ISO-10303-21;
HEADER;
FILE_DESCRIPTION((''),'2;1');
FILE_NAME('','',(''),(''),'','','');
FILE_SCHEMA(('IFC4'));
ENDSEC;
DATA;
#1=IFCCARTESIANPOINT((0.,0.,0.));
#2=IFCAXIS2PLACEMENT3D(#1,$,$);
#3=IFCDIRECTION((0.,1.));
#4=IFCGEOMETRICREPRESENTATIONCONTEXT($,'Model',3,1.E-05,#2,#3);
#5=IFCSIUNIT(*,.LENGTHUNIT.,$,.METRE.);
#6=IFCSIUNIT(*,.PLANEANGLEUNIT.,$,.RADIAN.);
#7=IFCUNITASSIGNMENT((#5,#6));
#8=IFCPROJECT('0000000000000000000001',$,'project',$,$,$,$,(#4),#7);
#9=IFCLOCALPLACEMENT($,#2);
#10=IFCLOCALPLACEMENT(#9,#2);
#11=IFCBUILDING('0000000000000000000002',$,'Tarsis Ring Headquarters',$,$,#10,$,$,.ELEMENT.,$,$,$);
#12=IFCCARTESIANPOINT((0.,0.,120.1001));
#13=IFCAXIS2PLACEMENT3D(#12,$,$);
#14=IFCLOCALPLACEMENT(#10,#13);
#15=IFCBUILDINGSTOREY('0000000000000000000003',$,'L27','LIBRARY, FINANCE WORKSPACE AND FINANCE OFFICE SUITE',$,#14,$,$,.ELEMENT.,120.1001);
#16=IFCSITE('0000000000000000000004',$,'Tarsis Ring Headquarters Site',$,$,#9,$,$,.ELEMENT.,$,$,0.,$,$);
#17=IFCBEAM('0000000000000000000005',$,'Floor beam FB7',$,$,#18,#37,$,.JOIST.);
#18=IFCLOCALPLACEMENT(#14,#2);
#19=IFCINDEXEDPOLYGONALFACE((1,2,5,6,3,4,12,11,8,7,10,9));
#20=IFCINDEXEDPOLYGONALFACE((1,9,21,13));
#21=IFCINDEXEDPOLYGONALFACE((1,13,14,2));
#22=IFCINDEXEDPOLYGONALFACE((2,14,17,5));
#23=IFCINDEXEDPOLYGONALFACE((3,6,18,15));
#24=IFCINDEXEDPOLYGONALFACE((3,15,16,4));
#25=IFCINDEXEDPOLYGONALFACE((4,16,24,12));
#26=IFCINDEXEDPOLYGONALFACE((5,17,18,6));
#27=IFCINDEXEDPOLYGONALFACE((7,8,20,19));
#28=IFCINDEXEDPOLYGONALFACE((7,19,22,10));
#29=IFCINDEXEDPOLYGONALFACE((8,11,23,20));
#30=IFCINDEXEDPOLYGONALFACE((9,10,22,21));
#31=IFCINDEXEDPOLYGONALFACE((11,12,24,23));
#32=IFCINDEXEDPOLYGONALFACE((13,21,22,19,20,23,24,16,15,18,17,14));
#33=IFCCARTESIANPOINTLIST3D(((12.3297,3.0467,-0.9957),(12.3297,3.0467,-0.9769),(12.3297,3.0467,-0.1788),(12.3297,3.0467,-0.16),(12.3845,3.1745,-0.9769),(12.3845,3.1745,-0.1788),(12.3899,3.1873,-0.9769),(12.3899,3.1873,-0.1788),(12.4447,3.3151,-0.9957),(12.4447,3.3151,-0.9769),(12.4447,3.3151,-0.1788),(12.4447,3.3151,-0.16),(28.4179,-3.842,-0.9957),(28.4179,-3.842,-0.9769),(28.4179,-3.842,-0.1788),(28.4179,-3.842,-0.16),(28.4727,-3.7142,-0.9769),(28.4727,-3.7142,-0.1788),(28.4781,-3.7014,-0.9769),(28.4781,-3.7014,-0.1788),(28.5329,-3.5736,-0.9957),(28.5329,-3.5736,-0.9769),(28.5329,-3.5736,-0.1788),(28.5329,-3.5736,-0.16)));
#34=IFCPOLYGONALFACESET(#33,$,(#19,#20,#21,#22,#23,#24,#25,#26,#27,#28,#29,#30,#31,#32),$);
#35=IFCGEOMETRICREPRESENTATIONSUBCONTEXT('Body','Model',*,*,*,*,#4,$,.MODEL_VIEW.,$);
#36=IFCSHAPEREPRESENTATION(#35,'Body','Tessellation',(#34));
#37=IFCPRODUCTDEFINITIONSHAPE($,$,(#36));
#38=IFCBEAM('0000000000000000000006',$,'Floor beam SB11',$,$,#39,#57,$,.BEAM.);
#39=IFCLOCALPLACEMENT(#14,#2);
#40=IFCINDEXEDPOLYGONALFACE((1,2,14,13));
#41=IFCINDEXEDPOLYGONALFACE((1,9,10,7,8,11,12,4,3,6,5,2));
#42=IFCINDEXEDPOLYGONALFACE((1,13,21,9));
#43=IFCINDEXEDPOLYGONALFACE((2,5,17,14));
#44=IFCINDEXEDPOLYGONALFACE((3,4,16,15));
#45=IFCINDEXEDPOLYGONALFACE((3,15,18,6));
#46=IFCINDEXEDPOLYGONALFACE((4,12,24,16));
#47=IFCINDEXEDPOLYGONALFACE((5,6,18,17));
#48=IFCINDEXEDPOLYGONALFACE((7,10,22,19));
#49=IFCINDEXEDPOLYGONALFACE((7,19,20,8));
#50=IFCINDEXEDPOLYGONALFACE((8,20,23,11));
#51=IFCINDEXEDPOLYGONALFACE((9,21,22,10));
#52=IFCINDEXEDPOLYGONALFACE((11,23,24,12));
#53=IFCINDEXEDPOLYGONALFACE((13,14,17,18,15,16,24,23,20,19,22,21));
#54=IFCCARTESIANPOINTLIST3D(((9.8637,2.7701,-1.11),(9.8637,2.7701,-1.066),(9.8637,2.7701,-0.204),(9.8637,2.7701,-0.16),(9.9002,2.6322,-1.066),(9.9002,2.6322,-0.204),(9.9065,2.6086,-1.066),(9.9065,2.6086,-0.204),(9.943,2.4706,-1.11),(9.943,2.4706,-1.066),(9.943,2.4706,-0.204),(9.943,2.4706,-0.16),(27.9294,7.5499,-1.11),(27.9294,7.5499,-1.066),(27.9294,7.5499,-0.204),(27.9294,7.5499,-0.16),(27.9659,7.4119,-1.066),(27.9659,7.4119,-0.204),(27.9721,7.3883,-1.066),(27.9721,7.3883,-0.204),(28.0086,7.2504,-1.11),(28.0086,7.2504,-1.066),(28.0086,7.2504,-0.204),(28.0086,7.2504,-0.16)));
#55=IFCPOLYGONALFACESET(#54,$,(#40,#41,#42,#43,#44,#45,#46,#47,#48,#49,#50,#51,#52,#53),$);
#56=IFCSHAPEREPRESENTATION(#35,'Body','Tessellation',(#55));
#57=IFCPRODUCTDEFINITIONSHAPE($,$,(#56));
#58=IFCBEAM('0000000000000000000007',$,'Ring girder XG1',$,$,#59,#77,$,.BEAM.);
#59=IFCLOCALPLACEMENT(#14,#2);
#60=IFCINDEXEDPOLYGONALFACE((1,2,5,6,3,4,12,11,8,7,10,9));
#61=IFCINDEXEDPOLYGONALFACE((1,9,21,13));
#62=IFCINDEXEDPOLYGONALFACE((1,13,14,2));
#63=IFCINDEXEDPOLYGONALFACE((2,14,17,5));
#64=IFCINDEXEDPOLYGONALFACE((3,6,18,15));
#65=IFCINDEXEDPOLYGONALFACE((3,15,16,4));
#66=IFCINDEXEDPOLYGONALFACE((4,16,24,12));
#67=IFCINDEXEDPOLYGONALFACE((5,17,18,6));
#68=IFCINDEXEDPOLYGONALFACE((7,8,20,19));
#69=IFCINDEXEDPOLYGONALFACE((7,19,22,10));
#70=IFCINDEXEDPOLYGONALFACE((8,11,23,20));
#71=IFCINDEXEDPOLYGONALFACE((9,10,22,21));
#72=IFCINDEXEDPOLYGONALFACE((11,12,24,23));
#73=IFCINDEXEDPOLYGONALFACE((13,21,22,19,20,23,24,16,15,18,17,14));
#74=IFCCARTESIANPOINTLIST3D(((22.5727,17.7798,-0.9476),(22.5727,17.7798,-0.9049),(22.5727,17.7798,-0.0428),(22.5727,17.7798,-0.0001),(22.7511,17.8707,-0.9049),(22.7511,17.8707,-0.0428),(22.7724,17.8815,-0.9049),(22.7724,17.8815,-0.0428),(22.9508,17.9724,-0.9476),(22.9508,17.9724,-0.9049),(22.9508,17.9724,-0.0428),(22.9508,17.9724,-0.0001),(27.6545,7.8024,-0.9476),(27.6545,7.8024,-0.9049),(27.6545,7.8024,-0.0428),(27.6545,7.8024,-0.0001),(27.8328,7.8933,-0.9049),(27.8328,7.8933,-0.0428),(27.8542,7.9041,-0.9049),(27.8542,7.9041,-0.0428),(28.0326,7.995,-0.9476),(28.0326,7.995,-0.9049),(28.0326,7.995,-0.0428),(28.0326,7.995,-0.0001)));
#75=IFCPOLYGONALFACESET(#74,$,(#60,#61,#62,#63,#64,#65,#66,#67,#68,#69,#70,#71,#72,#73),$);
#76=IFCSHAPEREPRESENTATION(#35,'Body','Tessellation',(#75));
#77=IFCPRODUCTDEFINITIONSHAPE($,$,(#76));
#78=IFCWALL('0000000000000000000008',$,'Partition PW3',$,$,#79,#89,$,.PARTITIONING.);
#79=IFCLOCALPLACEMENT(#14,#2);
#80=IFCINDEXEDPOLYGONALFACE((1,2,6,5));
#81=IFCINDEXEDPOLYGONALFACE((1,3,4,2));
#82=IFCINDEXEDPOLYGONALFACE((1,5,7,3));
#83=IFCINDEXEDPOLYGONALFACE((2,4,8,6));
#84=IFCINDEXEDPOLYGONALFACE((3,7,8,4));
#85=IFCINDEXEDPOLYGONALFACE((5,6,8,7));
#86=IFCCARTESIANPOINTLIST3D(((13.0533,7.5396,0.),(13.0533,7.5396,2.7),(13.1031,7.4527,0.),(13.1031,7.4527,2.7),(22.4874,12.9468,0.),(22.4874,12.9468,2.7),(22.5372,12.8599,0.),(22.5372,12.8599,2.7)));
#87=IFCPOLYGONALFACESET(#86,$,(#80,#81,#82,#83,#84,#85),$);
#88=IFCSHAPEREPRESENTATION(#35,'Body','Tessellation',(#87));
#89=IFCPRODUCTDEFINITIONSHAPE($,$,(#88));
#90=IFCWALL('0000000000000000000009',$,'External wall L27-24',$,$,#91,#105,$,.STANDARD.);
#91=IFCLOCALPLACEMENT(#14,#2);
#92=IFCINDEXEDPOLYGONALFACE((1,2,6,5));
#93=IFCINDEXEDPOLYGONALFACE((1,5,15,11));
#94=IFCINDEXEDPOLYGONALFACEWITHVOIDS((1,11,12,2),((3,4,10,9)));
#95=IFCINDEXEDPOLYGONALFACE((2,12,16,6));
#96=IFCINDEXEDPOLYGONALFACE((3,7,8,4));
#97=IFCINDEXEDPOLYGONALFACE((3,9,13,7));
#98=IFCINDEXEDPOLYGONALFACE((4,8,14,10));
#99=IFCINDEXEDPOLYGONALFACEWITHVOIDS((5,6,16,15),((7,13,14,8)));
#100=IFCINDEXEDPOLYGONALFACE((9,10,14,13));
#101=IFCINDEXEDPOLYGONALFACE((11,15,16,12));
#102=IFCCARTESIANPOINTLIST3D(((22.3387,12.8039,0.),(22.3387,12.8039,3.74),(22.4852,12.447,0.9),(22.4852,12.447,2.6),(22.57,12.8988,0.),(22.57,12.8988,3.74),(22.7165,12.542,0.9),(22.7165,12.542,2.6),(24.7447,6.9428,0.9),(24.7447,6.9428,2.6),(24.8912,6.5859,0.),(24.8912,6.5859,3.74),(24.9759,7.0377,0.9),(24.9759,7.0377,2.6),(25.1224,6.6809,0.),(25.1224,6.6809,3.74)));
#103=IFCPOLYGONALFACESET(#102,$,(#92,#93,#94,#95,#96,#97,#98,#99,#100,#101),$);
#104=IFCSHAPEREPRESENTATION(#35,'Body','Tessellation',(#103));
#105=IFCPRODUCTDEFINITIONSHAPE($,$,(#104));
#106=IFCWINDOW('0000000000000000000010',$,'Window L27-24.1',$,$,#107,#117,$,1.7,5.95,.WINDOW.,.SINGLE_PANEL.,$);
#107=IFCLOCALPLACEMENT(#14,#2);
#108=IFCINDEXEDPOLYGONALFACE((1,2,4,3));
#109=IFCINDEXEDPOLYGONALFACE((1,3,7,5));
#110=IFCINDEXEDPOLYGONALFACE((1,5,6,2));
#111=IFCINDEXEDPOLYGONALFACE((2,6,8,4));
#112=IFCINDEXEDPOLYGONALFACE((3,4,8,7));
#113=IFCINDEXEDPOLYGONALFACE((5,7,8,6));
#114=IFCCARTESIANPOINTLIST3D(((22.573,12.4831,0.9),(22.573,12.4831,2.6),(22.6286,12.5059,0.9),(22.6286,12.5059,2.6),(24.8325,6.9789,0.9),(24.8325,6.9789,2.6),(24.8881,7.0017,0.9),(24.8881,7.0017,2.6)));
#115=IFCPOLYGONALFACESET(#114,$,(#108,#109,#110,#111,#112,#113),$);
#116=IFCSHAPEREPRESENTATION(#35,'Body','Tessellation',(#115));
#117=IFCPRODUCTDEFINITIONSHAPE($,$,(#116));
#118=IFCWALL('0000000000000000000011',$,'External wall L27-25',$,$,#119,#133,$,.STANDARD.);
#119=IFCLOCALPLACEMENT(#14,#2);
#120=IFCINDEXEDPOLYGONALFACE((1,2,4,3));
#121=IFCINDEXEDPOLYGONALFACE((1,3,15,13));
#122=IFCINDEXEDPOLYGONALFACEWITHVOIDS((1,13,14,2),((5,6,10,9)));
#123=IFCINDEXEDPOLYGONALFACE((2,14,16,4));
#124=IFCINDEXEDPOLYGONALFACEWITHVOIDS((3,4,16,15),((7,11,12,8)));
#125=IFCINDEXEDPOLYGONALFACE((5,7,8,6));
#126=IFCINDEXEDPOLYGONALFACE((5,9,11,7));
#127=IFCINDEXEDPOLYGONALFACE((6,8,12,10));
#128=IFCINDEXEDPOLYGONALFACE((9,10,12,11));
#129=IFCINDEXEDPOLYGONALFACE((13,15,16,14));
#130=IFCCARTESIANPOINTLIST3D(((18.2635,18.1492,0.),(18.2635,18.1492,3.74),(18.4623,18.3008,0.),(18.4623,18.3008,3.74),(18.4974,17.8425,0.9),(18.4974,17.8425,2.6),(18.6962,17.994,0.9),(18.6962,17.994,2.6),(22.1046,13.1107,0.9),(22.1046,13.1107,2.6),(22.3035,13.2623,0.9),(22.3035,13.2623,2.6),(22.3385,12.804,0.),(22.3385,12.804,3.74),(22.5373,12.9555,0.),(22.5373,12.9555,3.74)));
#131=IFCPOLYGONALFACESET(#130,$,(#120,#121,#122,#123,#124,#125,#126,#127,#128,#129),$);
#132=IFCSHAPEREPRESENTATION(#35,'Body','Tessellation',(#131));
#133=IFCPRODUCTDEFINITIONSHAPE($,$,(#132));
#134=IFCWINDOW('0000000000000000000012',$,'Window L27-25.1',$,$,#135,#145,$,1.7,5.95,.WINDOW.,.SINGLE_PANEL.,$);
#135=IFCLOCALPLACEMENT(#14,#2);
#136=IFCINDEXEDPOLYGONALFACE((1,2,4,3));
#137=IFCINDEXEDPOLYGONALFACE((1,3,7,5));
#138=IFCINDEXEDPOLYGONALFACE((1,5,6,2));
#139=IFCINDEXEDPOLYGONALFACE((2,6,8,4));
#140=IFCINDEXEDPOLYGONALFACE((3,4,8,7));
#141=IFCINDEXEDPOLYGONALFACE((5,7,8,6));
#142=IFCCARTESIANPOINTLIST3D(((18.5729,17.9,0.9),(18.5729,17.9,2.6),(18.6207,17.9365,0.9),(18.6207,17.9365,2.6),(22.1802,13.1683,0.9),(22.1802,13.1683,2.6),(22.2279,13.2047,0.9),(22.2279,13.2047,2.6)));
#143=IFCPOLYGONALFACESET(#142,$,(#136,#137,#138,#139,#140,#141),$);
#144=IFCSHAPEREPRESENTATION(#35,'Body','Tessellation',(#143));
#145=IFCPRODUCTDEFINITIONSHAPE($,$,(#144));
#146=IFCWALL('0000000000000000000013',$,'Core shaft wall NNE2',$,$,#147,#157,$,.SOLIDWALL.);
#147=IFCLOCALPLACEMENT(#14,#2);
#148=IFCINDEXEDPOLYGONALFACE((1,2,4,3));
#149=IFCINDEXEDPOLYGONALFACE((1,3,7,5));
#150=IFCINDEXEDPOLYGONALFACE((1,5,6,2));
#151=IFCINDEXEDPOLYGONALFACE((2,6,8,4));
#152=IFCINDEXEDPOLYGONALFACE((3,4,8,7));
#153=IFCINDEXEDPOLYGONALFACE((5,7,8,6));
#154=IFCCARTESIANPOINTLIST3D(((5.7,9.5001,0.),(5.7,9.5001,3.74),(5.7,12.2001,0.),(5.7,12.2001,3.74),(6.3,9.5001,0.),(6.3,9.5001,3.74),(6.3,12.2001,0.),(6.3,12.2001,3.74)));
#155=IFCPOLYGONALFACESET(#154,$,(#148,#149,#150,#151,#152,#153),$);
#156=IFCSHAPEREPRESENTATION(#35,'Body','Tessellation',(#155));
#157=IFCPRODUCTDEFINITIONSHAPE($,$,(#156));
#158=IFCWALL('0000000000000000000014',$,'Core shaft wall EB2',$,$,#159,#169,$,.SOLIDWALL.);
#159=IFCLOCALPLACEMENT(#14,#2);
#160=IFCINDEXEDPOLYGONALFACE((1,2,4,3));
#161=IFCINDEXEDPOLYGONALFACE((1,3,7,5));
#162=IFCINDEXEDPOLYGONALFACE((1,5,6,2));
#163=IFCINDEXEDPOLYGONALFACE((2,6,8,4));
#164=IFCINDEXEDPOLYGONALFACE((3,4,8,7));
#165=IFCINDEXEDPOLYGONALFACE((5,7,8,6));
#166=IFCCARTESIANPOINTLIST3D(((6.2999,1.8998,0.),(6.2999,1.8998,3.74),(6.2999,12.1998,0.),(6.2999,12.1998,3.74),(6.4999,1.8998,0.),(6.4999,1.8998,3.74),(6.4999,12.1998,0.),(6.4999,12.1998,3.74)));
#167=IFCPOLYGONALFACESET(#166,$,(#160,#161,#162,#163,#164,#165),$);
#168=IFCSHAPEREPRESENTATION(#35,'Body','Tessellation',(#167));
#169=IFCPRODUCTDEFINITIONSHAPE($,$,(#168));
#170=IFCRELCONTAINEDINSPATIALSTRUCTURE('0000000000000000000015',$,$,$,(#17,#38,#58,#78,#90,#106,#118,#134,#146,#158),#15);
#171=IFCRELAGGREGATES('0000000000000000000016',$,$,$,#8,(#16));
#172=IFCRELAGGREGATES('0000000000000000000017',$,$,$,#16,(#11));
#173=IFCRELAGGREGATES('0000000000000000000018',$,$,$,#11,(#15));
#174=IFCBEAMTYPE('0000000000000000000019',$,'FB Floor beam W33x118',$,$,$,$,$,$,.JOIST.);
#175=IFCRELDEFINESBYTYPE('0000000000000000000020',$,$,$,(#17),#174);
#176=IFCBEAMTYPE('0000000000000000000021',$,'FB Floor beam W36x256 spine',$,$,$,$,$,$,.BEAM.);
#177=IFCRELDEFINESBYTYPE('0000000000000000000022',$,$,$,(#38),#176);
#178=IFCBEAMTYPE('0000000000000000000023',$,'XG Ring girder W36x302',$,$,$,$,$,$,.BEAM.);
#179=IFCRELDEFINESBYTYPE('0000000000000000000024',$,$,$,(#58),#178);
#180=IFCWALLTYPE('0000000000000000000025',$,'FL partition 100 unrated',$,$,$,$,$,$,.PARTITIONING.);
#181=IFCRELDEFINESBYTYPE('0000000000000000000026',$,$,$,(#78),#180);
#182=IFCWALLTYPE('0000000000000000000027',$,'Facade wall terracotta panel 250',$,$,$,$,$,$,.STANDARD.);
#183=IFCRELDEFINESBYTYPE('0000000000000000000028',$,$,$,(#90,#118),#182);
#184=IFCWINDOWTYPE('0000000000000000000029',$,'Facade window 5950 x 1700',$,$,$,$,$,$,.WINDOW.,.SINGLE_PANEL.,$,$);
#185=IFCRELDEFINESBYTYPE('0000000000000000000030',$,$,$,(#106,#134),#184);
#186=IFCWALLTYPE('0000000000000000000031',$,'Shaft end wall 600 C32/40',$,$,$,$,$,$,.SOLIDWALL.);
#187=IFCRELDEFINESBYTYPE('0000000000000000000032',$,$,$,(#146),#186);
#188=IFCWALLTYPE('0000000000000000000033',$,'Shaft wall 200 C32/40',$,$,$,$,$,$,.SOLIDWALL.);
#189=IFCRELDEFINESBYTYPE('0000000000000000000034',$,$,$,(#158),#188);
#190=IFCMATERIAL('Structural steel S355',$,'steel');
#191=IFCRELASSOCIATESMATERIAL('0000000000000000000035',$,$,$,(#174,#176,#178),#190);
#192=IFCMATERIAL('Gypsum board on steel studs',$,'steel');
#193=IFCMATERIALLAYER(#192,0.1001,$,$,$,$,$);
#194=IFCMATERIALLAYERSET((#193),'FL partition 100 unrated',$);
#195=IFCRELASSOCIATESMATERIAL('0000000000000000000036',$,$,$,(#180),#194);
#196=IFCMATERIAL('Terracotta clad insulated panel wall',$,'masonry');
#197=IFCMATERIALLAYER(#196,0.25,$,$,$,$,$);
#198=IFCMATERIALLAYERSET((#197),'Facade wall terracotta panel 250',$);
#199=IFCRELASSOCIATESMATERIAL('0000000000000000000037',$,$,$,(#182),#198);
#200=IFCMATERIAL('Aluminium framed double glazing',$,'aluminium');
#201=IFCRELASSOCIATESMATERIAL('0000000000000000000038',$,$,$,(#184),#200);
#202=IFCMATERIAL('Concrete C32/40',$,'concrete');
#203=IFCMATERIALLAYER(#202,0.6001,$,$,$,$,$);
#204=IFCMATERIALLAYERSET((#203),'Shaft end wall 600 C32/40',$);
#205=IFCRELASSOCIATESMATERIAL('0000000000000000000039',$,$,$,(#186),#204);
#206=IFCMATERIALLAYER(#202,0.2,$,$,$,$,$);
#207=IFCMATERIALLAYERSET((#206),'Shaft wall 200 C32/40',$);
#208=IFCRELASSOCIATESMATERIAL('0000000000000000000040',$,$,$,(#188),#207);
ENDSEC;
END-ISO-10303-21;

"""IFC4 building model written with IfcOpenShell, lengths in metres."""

from ifc_helpers import new_model, si_unit, direction, frame, frame_2d, origin, origin_2d, place, context, subcontext, project, spatial, rectangle, i_section, extrude, material, layer, layer_set, material_profile, profile_set, type_object, element, fill, save


model = new_model("IFC4")

# Units and contexts
model_context = context("Model", 3, precision=1e-05, world=origin(), true_north=direction((0.0, 1.0)))
body_context = subcontext(model_context, "Body", "Model", "MODEL_VIEW")
ifc_project = project(units=[si_unit("LENGTHUNIT", "METRE"), si_unit("PLANEANGLEUNIT", "RADIAN")], contexts=[model_context])

# Site, building, storey
site_placement = place(None, origin())
site = spatial("IfcSite", under=ifc_project, at=site_placement, Name="Tarsis Ring Headquarters Site", CompositionType="ELEMENT", RefElevation=0.0)
building_placement = place(site_placement, origin())
building = spatial("IfcBuilding", under=site, at=building_placement, Name="Tarsis Ring Headquarters", CompositionType="ELEMENT")
storey_placement = place(building_placement, frame((0.0, 0.0, 120.1001)))
storey = spatial("IfcBuildingStorey", under=building, at=storey_placement, Name="L27", Description="LIBRARY, FINANCE WORKSPACE AND FINANCE OFFICE SUITE", CompositionType="ELEMENT", Elevation=120.1001)

# Shared definitions
ifc_material_1 = material(Name="Structural steel S355", Category="steel")

# Beams
ifc_material_profile_1 = material_profile(ifc_material_1, i_section(OverallWidth=0.292, OverallDepth=0.8357, WebThickness=0.0139, FlangeThickness=0.0188, at=origin_2d()), Name="W33x118")
ifc_profile_set_1 = profile_set([ifc_material_profile_1], Name="Structural steel S355")
beam_type_1 = type_object("IfcBeamType", Name="FB Floor beam W33x118", PredefinedType="JOIST", material=ifc_profile_set_1)
beam_1_placement = place(storey_placement, frame((12.3872, 3.1809, -0.5779), z_axis=(0.919274, -0.393618, 0.0), x_axis=(0.393618, 0.919274, 0.0)))
element("IfcBeam", 1, at=beam_1_placement, inside=storey, type_object=beam_type_1, Name="Floor beam FB7", PredefinedType="JOIST", context=body_context, shape_type="SweptSolid", body=[
    extrude(i_section(OverallWidth=0.292, OverallDepth=0.8357, WebThickness=0.0139, FlangeThickness=0.0188, at=origin_2d()), origin(), (0.0, 0.0, 1.0), 17.501),
])
ifc_material_profile_2 = material_profile(ifc_material_1, i_section(OverallWidth=0.3098, OverallDepth=0.95, WebThickness=0.0244, FlangeThickness=0.0439, at=origin_2d()), Name="W36x256")
ifc_profile_set_2 = profile_set([ifc_material_profile_2], Name="Structural steel S355")
beam_type_2 = type_object("IfcBeamType", Name="FB Floor beam W36x256 spine", PredefinedType="BEAM", material=ifc_profile_set_2)
beam_2_placement = place(storey_placement, frame((27.969, 7.4001, -0.635), z_axis=(-0.966736, -0.255777, 0.0), x_axis=(0.255777, -0.966736, 0.0)))
element("IfcBeam", 2, at=beam_2_placement, inside=storey, type_object=beam_type_2, Name="Floor beam SB11", PredefinedType="BEAM", context=body_context, shape_type="SweptSolid", body=[
    extrude(i_section(OverallWidth=0.3098, OverallDepth=0.95, WebThickness=0.0244, FlangeThickness=0.0439, at=origin_2d()), origin(), (0.0, 0.0, 1.0), 18.6873),
])
ifc_material_profile_3 = material_profile(ifc_material_1, i_section(OverallWidth=0.4243, OverallDepth=0.9475, WebThickness=0.0239, FlangeThickness=0.0427, at=origin_2d()), Name="W36x302")
ifc_profile_set_3 = profile_set([ifc_material_profile_3], Name="Structural steel S355")
beam_type_3 = type_object("IfcBeamType", Name="XG Ring girder W36x302", PredefinedType="BEAM", material=ifc_profile_set_3)
beam_3_placement = place(storey_placement, frame((27.8435, 7.8987, -0.4739), z_axis=(-0.453847, 0.89108, 0.0), x_axis=(-0.89108, -0.453847, 0.0)))
element("IfcBeam", 3, at=beam_3_placement, inside=storey, type_object=beam_type_3, Name="Ring girder XG1", PredefinedType="BEAM", context=body_context, shape_type="SweptSolid", body=[
    extrude(i_section(OverallWidth=0.4243, OverallDepth=0.9475, WebThickness=0.0239, FlangeThickness=0.0427, at=origin_2d()), origin(), (0.0, 0.0, 1.0), 11.197),
])

# Wall
ifc_material_2 = material(Name="Gypsum board on steel studs", Category="steel")
ifc_layer_1 = layer(ifc_material_2, 0.1001)
ifc_layer_set_1 = layer_set([ifc_layer_1], Name="FL partition 100 unrated")
wall_type_1 = type_object("IfcWallType", Name="FL partition 100 unrated", PredefinedType="PARTITIONING", material=ifc_layer_set_1)
wall_1_placement = place(storey_placement, frame((13.0781, 7.4961, 0.0), z_axis=(0.0, 0.0, 1.0), x_axis=(0.867596, 0.49727, 0.0)))
element("IfcWall", 4, at=wall_1_placement, inside=storey, type_object=wall_type_1, Name="Partition PW3", PredefinedType="PARTITIONING", context=body_context, shape_type="SweptSolid", body=[
    extrude(rectangle(XDim=10.8738, YDim=0.1001, at=frame_2d((5.437, 0.0))), origin(), (0.0, 0.0, 1.0), 2.7),
])

# Walls, openings, windows
ifc_material_3 = material(Name="Terracotta clad insulated panel wall", Category="masonry")
ifc_layer_2 = layer(ifc_material_3, 0.25)
ifc_layer_set_2 = layer_set([ifc_layer_2], Name="Facade wall terracotta panel 250")
wall_type_2 = type_object("IfcWallType", Name="Facade wall terracotta panel 250", PredefinedType="STANDARD", material=ifc_layer_set_2)
wall_2_placement = place(storey_placement, frame((25.0068, 6.6333, 0.0), z_axis=(0.0, 0.0, 1.0), x_axis=(-0.379748, 0.92509, 0.0)))
wall_2 = element("IfcWall", 5, at=wall_2_placement, inside=storey, type_object=wall_type_2, Name="External wall L27-24", PredefinedType="STANDARD", context=body_context, shape_type="SweptSolid", body=[
    extrude(rectangle(XDim=6.7214, YDim=0.25, at=frame_2d((3.3608, 0.0))), origin(), (0.0, 0.0, 1.0), 3.74),
])
opening_1_placement = place(wall_2_placement, frame((0.3857, 0.0, 0.8999)))
opening_1 = element("IfcOpeningElement", 6, at=opening_1_placement, cuts=wall_2, PredefinedType="OPENING", context=body_context, shape_type="SweptSolid", body=[
    extrude(rectangle(XDim=5.95, YDim=1.7, at=frame_2d((2.9751, 0.8501))), frame((0.0, 0.135, 0.0), z_axis=(0.0, -1.0, 0.0), x_axis=(1.0, 0.0, 0.0)), (0.0, 0.0, 1.0), 0.27),
])
ifc_material_4 = material(Name="Aluminium framed double glazing", Category="aluminium")
window_type = type_object("IfcWindowType", Name="Facade window 5950 x 1700", PartitioningType="SINGLE_PANEL", PredefinedType="WINDOW", material=ifc_material_4)
window_1_placement = place(opening_1_placement, origin())
window_1 = element("IfcWindow", 7, at=window_1_placement, inside=storey, type_object=window_type, Name="Window L27-24.1", OverallHeight=1.7, OverallWidth=5.95, PartitioningType="SINGLE_PANEL", PredefinedType="WINDOW", context=body_context, shape_type="SweptSolid", body=[
    extrude(rectangle(XDim=5.95, YDim=1.7, at=frame_2d((2.9751, 0.8501))), frame((0.0, 0.03, 0.0), z_axis=(0.0, -1.0, 0.0), x_axis=(1.0, 0.0, 0.0)), (0.0, 0.0, 1.0), 0.0601),
])
fill(opening_1, window_1)
wall_3_placement = place(storey_placement, frame((22.438, 12.8796, 0.0), z_axis=(0.0, 0.0, 1.0), x_axis=(-0.60627, 0.795259, 0.0)))
wall_3 = element("IfcWall", 8, at=wall_3_placement, inside=storey, type_object=wall_type_2, Name="External wall L27-25", PredefinedType="STANDARD", context=body_context, shape_type="SweptSolid", body=[
    extrude(rectangle(XDim=6.7214, YDim=0.25, at=frame_2d((3.3608, 0.0))), origin(), (0.0, 0.0, 1.0), 3.74),
])
opening_2_placement = place(wall_3_placement, frame((0.3857, 0.0, 0.8999)))
opening_2 = element("IfcOpeningElement", 9, at=opening_2_placement, cuts=wall_3, PredefinedType="OPENING", context=body_context, shape_type="SweptSolid", body=[
    extrude(rectangle(XDim=5.95, YDim=1.7, at=frame_2d((2.9751, 0.8501))), frame((0.0, 0.135, 0.0), z_axis=(0.0, -1.0, 0.0), x_axis=(1.0, 0.0, 0.0)), (0.0, 0.0, 1.0), 0.27),
])
window_2_placement = place(opening_2_placement, origin())
window_2 = element("IfcWindow", 10, at=window_2_placement, inside=storey, type_object=window_type, Name="Window L27-25.1", OverallHeight=1.7, OverallWidth=5.95, PartitioningType="SINGLE_PANEL", PredefinedType="WINDOW", context=body_context, shape_type="SweptSolid", body=[
    extrude(rectangle(XDim=5.95, YDim=1.7, at=frame_2d((2.9751, 0.8501))), frame((0.0, 0.03, 0.0), z_axis=(0.0, -1.0, 0.0), x_axis=(1.0, 0.0, 0.0)), (0.0, 0.0, 1.0), 0.0601),
])
fill(opening_2, window_2)

# Walls
ifc_material_5 = material(Name="Concrete C32/40", Category="concrete")
ifc_layer_3 = layer(ifc_material_5, 0.6001)
ifc_layer_set_3 = layer_set([ifc_layer_3], Name="Shaft end wall 600 C32/40")
wall_type_3 = type_object("IfcWallType", Name="Shaft end wall 600 C32/40", PredefinedType="SOLIDWALL", material=ifc_layer_set_3)
wall_4_placement = place(storey_placement, frame((6.0, 9.5, 0.0), z_axis=(0.0, 0.0, 1.0), x_axis=(0.0, 1.0, 0.0)))
element("IfcWall", 11, at=wall_4_placement, inside=storey, type_object=wall_type_3, Name="Core shaft wall NNE2", PredefinedType="SOLIDWALL", context=body_context, shape_type="SweptSolid", body=[
    extrude(rectangle(XDim=2.7, YDim=0.6001, at=frame_2d((1.3501, 0.0))), origin(), (0.0, 0.0, 1.0), 3.74),
])
ifc_layer_4 = layer(ifc_material_5, 0.2)
ifc_layer_set_4 = layer_set([ifc_layer_4], Name="Shaft wall 200 C32/40")
wall_type_4 = type_object("IfcWallType", Name="Shaft wall 200 C32/40", PredefinedType="SOLIDWALL", material=ifc_layer_set_4)
wall_5_placement = place(storey_placement, frame((6.3999, 1.8999, 0.0), z_axis=(0.0, 0.0, 1.0), x_axis=(0.0, 1.0, 0.0)))
element("IfcWall", 12, at=wall_5_placement, inside=storey, type_object=wall_type_4, Name="Core shaft wall EB2", PredefinedType="SOLIDWALL", context=body_context, shape_type="SweptSolid", body=[
    extrude(rectangle(XDim=10.3, YDim=0.2, at=frame_2d((5.1499, 0.0))), origin(), (0.0, 0.0, 1.0), 3.74),
])

save(model, "model.ifc")
